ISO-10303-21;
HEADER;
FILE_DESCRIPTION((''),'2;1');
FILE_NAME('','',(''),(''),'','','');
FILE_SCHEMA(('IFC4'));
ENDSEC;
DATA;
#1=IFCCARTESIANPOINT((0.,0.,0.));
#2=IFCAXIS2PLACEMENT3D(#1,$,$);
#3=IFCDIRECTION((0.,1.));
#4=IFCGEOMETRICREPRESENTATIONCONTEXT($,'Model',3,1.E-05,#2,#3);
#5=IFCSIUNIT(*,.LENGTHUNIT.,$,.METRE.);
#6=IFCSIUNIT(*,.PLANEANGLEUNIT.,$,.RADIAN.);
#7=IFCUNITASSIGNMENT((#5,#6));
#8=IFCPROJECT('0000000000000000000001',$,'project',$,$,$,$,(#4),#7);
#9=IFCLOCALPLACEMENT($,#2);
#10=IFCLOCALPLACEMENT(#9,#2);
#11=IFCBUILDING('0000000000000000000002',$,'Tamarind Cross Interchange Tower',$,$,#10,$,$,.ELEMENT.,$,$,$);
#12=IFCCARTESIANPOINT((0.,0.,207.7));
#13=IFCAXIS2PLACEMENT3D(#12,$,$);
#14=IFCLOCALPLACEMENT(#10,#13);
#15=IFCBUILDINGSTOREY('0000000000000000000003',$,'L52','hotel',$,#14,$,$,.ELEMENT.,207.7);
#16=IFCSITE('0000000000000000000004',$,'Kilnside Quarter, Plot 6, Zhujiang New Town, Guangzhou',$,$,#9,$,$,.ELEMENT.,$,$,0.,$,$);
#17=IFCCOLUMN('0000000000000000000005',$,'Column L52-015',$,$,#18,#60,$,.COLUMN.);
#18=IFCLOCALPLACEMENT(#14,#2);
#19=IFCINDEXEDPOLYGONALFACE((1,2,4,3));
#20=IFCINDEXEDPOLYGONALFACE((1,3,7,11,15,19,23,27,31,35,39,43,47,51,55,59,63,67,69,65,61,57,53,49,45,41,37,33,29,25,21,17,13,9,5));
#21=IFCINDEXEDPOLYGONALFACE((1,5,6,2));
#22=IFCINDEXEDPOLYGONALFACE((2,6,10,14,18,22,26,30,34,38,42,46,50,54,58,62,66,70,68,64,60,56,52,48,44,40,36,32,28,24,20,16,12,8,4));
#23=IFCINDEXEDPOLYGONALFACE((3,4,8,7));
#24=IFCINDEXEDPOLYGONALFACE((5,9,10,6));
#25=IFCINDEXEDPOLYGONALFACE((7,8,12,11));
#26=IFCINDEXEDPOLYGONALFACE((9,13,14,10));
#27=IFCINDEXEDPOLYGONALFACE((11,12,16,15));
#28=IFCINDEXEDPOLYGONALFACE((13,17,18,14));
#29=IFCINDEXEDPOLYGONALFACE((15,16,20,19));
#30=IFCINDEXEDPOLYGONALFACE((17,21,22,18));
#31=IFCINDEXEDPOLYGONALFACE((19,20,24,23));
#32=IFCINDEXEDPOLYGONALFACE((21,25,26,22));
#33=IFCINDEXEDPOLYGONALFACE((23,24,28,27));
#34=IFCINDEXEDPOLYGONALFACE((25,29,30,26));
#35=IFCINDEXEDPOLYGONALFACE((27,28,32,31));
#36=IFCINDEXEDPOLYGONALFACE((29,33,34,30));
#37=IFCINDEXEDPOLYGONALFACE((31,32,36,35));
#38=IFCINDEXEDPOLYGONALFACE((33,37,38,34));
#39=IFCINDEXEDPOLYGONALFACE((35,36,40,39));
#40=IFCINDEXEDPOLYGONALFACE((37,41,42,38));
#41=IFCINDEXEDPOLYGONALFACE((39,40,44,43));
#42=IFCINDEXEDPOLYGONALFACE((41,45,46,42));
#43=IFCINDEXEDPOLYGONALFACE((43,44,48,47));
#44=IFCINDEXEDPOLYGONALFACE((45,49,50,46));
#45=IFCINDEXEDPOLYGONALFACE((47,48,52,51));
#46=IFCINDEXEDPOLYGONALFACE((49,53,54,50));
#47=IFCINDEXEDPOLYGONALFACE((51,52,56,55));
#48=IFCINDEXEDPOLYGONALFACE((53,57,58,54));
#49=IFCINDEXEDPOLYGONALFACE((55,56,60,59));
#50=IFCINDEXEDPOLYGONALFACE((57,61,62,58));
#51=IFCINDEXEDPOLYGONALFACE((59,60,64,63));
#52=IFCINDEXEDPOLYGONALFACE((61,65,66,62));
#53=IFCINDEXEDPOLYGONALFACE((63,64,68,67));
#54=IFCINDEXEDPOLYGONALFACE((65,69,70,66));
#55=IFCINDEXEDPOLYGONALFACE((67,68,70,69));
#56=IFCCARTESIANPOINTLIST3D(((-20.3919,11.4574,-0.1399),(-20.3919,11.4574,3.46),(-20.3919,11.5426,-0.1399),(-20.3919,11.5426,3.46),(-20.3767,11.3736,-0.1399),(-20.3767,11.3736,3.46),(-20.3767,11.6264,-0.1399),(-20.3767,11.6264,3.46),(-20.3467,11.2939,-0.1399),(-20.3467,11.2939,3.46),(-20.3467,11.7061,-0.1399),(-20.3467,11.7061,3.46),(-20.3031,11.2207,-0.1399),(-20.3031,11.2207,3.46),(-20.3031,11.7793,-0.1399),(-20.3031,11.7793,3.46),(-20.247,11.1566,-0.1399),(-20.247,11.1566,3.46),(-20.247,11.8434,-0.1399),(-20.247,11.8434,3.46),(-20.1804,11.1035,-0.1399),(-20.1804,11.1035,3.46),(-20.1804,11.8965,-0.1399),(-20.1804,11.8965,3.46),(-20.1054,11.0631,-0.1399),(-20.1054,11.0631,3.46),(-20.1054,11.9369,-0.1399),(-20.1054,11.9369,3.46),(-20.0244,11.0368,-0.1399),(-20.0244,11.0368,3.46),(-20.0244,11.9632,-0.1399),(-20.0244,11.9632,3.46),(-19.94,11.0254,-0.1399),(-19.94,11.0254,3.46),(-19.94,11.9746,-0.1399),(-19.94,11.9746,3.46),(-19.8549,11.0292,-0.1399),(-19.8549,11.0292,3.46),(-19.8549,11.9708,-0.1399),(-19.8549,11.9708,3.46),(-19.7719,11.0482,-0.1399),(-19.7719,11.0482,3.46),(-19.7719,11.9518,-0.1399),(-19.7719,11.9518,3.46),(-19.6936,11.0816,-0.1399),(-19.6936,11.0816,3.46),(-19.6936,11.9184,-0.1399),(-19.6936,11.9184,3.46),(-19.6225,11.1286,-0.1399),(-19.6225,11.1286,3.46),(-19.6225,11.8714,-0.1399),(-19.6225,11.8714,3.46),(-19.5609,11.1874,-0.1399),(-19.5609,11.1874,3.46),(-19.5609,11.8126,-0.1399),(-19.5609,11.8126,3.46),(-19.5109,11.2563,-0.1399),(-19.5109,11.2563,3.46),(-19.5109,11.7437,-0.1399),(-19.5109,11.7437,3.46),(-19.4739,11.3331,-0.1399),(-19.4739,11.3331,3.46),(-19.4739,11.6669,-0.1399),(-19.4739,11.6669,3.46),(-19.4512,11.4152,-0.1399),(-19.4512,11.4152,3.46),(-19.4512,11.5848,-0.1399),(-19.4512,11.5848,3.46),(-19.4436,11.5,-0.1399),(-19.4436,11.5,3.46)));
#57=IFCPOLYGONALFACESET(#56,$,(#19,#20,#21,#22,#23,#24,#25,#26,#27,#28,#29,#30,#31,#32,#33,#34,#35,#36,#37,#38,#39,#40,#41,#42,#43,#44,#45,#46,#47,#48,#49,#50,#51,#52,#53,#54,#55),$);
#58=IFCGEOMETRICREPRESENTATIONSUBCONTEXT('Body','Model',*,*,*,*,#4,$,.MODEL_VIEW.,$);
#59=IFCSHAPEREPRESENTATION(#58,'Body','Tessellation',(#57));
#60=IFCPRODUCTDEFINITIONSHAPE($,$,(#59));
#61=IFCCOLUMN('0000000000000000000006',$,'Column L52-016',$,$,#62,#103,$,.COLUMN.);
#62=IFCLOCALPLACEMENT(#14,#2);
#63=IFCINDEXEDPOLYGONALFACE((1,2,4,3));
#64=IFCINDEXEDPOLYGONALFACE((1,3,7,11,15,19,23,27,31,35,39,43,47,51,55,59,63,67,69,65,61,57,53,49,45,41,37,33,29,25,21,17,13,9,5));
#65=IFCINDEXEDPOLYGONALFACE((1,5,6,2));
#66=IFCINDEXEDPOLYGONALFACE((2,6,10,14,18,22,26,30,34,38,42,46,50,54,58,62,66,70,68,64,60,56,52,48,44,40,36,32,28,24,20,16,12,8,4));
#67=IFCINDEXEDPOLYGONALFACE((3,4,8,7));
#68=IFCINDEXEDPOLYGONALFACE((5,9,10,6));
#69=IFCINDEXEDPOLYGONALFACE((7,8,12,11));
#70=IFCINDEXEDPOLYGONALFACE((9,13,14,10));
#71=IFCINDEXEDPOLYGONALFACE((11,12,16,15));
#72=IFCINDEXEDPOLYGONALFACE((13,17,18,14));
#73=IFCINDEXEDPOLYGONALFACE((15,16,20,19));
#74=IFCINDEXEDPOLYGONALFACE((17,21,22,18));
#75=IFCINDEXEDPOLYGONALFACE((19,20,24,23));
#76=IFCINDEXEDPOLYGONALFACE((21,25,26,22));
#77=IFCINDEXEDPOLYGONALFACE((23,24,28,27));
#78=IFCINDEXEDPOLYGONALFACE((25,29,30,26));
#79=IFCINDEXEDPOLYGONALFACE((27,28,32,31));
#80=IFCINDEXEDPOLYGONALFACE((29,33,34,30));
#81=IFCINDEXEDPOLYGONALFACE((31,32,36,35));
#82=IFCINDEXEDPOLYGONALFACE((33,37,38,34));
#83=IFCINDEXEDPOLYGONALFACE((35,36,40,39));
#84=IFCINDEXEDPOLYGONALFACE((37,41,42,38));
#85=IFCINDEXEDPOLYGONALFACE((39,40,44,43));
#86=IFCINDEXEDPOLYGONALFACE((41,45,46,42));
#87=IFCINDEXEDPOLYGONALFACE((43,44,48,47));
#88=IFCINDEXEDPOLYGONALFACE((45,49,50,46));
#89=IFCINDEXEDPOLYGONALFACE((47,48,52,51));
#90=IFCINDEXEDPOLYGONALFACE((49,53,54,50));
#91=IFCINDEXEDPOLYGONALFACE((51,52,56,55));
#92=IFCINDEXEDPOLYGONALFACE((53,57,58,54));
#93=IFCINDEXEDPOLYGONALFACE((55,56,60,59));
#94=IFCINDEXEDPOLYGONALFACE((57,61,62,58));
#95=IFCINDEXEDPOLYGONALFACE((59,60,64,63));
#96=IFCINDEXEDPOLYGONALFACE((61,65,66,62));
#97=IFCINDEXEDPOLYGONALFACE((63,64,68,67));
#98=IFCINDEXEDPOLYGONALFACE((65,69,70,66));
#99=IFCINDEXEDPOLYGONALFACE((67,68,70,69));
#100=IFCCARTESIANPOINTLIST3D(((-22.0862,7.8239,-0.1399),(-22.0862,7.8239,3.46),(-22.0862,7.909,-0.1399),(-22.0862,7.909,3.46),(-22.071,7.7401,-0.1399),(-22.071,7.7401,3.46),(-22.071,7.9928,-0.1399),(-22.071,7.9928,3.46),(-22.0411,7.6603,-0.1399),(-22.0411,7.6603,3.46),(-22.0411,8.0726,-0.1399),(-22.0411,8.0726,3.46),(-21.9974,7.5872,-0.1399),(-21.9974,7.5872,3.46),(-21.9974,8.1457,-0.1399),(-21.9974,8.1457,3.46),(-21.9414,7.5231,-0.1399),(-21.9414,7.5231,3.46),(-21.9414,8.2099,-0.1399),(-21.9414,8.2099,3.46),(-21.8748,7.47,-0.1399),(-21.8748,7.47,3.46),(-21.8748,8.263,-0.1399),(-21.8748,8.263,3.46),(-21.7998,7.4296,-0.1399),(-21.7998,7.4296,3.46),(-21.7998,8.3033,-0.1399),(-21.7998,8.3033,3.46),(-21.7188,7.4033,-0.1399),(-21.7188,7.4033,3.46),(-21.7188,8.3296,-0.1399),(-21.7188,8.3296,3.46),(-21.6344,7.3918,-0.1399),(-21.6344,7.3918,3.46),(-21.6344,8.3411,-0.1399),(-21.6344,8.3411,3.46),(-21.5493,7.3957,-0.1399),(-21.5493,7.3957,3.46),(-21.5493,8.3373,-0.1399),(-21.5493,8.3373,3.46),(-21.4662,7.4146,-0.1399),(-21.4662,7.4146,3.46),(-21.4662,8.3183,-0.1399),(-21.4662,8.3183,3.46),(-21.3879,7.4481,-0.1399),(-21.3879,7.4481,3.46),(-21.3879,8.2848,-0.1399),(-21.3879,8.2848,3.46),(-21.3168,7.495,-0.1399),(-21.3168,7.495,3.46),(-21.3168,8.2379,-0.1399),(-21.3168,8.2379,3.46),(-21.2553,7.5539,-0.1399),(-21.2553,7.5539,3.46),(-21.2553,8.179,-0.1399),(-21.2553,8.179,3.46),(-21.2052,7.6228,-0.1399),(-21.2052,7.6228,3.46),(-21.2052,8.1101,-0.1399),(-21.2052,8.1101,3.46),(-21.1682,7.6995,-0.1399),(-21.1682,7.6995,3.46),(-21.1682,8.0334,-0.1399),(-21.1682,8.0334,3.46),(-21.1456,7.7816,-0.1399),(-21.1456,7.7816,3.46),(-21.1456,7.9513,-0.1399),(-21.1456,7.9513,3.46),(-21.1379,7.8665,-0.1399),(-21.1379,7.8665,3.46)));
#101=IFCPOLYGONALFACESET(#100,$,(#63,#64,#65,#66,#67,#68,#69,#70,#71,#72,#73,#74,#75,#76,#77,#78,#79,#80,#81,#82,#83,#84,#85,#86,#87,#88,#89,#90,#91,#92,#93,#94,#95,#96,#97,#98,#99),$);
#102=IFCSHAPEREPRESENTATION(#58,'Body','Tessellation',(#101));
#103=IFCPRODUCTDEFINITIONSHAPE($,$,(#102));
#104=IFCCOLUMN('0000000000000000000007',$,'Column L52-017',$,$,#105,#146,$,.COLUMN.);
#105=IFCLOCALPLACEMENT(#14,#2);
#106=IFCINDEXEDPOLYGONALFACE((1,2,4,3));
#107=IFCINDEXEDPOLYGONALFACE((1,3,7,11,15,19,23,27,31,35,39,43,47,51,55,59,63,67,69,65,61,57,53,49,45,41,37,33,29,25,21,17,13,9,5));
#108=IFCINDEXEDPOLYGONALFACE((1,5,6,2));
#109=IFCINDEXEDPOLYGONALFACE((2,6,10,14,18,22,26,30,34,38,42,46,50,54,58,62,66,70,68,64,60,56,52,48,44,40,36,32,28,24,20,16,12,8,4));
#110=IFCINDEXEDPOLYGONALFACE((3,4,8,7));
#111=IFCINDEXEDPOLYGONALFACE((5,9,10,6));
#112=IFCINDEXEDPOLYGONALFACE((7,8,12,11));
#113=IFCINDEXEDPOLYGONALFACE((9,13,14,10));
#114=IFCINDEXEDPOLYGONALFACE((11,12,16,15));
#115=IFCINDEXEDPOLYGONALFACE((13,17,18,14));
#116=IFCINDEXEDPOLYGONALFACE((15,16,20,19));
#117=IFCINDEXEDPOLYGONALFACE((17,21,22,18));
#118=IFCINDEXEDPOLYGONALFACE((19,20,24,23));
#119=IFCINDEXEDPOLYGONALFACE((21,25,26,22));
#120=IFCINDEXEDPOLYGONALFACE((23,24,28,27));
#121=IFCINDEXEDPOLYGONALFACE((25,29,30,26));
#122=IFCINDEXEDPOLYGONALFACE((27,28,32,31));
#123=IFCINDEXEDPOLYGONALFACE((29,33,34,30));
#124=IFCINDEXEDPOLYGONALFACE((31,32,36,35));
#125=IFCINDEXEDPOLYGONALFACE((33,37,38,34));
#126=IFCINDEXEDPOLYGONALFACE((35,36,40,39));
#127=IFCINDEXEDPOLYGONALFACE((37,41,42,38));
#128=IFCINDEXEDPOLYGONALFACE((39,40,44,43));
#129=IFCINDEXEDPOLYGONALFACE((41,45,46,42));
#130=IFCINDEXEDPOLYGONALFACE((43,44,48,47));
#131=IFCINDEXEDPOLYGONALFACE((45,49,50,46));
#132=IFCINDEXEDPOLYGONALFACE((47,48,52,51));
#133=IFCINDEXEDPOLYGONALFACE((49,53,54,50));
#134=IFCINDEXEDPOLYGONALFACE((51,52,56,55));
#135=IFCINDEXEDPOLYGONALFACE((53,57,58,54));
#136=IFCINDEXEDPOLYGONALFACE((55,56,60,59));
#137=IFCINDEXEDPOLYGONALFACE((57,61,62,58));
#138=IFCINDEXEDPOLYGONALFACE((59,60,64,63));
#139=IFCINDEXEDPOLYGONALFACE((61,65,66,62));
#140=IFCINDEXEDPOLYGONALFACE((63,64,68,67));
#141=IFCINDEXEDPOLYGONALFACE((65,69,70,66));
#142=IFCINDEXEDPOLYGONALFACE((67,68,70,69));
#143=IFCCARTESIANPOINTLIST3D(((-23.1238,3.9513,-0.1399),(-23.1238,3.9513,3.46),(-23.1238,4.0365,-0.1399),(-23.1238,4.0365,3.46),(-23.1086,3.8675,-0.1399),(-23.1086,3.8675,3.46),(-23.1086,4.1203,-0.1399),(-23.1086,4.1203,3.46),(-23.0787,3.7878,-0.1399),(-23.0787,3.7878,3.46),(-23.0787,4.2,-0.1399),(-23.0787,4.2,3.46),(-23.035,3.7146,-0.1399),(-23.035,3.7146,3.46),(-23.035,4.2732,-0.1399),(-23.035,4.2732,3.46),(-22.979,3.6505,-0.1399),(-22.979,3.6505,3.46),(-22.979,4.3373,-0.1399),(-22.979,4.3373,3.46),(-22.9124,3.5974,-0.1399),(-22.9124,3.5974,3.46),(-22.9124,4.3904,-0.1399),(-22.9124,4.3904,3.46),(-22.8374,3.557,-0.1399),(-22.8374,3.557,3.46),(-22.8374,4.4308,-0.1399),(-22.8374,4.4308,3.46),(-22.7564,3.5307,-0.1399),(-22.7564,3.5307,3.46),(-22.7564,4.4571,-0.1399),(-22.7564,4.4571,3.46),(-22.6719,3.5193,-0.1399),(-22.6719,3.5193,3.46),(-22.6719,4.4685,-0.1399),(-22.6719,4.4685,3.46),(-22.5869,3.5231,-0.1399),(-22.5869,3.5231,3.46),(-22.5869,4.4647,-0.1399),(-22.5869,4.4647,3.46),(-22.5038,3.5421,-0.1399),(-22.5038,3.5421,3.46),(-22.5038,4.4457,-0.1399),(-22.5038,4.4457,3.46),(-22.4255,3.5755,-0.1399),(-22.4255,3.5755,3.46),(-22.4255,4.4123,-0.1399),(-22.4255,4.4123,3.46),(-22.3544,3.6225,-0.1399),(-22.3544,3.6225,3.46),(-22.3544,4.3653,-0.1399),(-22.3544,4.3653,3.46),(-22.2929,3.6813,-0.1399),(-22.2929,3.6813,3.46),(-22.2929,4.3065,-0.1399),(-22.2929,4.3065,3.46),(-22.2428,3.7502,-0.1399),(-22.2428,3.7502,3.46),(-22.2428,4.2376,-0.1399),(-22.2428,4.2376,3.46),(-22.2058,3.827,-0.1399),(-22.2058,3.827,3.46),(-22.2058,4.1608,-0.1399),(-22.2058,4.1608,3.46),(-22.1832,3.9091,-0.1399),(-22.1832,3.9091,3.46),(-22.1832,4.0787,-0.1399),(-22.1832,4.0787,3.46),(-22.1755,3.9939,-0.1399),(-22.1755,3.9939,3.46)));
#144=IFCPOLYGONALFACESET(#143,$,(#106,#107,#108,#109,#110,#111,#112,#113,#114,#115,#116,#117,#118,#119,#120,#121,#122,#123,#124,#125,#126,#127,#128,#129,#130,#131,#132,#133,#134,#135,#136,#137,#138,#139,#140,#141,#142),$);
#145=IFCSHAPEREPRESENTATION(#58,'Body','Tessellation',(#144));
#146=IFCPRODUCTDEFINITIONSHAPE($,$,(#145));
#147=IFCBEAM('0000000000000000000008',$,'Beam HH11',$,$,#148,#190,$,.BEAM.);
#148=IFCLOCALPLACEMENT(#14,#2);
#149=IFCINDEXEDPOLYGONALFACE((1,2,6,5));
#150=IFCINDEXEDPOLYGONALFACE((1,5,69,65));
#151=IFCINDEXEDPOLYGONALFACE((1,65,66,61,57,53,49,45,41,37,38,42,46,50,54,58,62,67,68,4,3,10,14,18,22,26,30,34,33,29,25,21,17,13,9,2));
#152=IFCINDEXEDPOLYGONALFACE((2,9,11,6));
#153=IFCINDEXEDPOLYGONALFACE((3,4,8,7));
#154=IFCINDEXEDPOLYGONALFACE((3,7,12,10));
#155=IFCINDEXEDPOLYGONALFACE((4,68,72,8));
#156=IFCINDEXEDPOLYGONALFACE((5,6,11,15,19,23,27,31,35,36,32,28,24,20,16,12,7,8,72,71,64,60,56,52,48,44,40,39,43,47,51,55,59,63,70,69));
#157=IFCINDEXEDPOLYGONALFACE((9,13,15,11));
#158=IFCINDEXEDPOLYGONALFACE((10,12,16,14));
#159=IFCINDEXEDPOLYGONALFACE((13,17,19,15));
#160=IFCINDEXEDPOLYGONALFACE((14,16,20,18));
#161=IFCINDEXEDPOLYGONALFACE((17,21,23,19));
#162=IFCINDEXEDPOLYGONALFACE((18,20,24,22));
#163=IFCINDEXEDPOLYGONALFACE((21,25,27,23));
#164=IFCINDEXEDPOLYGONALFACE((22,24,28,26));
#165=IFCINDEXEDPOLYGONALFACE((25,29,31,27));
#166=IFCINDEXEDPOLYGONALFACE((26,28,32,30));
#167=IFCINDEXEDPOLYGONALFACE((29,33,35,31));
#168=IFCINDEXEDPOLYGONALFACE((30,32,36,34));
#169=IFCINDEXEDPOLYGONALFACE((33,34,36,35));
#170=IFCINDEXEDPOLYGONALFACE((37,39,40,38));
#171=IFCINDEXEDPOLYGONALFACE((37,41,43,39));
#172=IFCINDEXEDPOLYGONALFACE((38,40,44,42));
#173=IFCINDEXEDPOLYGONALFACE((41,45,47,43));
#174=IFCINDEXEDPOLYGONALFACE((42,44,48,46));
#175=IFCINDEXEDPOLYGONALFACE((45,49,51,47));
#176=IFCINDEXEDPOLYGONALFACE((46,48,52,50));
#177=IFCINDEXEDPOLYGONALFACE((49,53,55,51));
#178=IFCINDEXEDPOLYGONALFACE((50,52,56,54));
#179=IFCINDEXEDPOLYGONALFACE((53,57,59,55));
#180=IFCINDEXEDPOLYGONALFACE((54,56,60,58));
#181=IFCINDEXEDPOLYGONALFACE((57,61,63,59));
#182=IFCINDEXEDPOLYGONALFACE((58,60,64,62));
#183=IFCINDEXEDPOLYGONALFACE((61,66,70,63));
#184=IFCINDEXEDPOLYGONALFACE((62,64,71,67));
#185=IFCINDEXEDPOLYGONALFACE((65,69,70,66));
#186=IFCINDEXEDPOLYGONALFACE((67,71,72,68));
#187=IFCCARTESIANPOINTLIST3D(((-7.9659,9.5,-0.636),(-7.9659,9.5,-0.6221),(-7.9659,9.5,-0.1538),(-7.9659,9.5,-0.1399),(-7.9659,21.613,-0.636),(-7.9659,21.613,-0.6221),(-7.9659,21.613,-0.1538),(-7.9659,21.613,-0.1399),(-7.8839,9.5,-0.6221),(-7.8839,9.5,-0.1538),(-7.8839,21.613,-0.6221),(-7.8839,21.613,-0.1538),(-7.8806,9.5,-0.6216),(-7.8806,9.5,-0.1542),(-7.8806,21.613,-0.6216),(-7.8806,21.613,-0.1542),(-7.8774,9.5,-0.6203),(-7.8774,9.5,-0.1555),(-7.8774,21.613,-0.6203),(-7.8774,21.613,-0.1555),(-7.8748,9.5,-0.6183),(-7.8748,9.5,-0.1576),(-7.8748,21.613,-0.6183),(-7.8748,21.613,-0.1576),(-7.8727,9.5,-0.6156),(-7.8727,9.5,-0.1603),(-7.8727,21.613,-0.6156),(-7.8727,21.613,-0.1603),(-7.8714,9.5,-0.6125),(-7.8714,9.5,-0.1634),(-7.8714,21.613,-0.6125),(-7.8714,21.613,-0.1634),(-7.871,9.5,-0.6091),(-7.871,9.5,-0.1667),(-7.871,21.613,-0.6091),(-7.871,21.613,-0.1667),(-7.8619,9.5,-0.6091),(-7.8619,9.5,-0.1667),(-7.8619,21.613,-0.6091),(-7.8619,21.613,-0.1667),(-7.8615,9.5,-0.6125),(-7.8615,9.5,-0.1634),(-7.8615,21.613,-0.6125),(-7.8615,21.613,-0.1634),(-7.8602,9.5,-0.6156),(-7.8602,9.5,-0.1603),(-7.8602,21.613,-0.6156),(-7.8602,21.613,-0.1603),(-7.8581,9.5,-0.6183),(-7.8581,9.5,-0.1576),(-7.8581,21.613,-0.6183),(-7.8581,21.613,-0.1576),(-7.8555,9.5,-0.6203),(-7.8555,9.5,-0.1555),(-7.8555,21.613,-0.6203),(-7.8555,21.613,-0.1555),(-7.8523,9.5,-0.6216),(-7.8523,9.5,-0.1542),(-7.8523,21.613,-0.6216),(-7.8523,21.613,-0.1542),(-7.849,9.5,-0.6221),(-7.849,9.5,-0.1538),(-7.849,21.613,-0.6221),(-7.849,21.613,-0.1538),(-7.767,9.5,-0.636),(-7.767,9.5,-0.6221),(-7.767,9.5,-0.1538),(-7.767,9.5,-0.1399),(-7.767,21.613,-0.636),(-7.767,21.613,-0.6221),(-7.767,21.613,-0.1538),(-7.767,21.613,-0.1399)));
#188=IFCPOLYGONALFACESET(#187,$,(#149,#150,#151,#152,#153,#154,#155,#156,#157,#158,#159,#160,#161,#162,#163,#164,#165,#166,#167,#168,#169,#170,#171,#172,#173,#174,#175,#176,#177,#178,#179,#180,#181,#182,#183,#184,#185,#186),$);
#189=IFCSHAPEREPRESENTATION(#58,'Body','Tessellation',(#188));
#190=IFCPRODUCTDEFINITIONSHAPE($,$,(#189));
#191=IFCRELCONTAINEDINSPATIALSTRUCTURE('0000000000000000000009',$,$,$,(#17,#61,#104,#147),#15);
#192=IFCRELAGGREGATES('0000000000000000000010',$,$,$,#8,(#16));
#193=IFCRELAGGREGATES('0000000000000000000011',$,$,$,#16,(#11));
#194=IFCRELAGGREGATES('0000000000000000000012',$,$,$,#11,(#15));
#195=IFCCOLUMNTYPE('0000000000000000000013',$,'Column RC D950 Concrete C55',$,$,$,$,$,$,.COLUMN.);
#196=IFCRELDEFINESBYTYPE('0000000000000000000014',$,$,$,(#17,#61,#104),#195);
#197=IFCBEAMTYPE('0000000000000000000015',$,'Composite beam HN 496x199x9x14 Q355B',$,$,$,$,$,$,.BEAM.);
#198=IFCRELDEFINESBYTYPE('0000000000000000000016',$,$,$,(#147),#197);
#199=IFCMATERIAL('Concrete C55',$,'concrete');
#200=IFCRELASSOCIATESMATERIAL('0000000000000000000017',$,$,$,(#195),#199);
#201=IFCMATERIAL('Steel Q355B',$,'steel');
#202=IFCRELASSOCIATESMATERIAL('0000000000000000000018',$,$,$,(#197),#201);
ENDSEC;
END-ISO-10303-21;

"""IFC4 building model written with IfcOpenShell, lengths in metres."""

from ifc_helpers import new_model, si_unit, direction, frame, origin, origin_2d, place, context, subcontext, project, spatial, circle, i_section, extrude, material, material_profile, profile_set, type_object, element, save


model = new_model("IFC4")

# Units and contexts
model_context = context("Model", 3, precision=1e-05, world=origin(), true_north=direction((0.0, 1.0)))
body_context = subcontext(model_context, "Body", "Model", "MODEL_VIEW")
ifc_project = project(units=[si_unit("LENGTHUNIT", "METRE"), si_unit("PLANEANGLEUNIT", "RADIAN")], contexts=[model_context])

# Site, building, storey
site_placement = place(None, origin())
site = spatial("IfcSite", under=ifc_project, at=site_placement, Name="Kilnside Quarter, Plot 6, Zhujiang New Town, Guangzhou", CompositionType="ELEMENT", RefElevation=0.0)
building_placement = place(site_placement, origin())
building = spatial("IfcBuilding", under=site, at=building_placement, Name="Tamarind Cross Interchange Tower", CompositionType="ELEMENT")
storey_placement = place(building_placement, frame((0.0, 0.0, 207.7)))
storey = spatial("IfcBuildingStorey", under=building, at=storey_placement, Name="L52", Description="hotel", CompositionType="ELEMENT", Elevation=207.7)

# Columns
ifc_material_1 = material(Name="Concrete C55", Category="concrete")
ifc_material_profile_1 = material_profile(ifc_material_1, circle(Radius=0.4751, at=origin_2d()), Name="RC D950")
ifc_profile_set_1 = profile_set([ifc_material_profile_1], Name="Concrete C55")
column_type = type_object("IfcColumnType", Name="Column RC D950 Concrete C55", PredefinedType="COLUMN", material=ifc_profile_set_1)
for number, where, z_axis, x_axis, name in (
    (1, (-19.9187, 11.5, -0.1399), (0.0, 0.0, 1.0), (1.0, 0.0, 0.0), "Column L52-015"),
    (2, (-21.613, 7.8665, -0.1399), (0.0, 0.0, 1.0), (1.0, 0.0, 0.0), "Column L52-016"),
    (3, (-22.6506, 3.9939, -0.1399), (0.0, 0.0, 1.0), (1.0, 0.0, 0.0), "Column L52-017"),
):
    element("IfcColumn", number, at=place(storey_placement, frame(where, z_axis=z_axis, x_axis=x_axis)), inside=storey, type_object=column_type, Name=name, PredefinedType="COLUMN", context=body_context, shape_type="SweptSolid", body=[
        extrude(circle(Radius=0.4751, at=origin_2d()), origin(), (0.0, 0.0, 1.0), 3.5999),
    ])

# Beam
ifc_material_2 = material(Name="Steel Q355B", Category="steel")
ifc_material_profile_2 = material_profile(ifc_material_2, i_section(OverallWidth=0.199, OverallDepth=0.4961, WebThickness=0.009, FlangeThickness=0.0139, FilletRadius=0.0129, at=origin_2d()), Name="HN 496x199x9x14")
ifc_profile_set_2 = profile_set([ifc_material_profile_2], Name="Steel Q355B")
beam_type = type_object("IfcBeamType", Name="Composite beam HN 496x199x9x14 Q355B", PredefinedType="BEAM", material=ifc_profile_set_2)
beam_1_placement = place(storey_placement, frame((-7.8665, 21.613, -0.3879), z_axis=(0.0, -1.0, 0.0), x_axis=(1.0, 0.0, 0.0)))
element("IfcBeam", 4, at=beam_1_placement, inside=storey, type_object=beam_type, Name="Beam HH11", PredefinedType="BEAM", context=body_context, shape_type="SweptSolid", body=[
    extrude(i_section(OverallWidth=0.199, OverallDepth=0.4961, WebThickness=0.009, FlangeThickness=0.0139, FilletRadius=0.0129, at=origin_2d()), origin(), (0.0, 0.0, 1.0), 12.113),
])

save(model, "model.ifc")
